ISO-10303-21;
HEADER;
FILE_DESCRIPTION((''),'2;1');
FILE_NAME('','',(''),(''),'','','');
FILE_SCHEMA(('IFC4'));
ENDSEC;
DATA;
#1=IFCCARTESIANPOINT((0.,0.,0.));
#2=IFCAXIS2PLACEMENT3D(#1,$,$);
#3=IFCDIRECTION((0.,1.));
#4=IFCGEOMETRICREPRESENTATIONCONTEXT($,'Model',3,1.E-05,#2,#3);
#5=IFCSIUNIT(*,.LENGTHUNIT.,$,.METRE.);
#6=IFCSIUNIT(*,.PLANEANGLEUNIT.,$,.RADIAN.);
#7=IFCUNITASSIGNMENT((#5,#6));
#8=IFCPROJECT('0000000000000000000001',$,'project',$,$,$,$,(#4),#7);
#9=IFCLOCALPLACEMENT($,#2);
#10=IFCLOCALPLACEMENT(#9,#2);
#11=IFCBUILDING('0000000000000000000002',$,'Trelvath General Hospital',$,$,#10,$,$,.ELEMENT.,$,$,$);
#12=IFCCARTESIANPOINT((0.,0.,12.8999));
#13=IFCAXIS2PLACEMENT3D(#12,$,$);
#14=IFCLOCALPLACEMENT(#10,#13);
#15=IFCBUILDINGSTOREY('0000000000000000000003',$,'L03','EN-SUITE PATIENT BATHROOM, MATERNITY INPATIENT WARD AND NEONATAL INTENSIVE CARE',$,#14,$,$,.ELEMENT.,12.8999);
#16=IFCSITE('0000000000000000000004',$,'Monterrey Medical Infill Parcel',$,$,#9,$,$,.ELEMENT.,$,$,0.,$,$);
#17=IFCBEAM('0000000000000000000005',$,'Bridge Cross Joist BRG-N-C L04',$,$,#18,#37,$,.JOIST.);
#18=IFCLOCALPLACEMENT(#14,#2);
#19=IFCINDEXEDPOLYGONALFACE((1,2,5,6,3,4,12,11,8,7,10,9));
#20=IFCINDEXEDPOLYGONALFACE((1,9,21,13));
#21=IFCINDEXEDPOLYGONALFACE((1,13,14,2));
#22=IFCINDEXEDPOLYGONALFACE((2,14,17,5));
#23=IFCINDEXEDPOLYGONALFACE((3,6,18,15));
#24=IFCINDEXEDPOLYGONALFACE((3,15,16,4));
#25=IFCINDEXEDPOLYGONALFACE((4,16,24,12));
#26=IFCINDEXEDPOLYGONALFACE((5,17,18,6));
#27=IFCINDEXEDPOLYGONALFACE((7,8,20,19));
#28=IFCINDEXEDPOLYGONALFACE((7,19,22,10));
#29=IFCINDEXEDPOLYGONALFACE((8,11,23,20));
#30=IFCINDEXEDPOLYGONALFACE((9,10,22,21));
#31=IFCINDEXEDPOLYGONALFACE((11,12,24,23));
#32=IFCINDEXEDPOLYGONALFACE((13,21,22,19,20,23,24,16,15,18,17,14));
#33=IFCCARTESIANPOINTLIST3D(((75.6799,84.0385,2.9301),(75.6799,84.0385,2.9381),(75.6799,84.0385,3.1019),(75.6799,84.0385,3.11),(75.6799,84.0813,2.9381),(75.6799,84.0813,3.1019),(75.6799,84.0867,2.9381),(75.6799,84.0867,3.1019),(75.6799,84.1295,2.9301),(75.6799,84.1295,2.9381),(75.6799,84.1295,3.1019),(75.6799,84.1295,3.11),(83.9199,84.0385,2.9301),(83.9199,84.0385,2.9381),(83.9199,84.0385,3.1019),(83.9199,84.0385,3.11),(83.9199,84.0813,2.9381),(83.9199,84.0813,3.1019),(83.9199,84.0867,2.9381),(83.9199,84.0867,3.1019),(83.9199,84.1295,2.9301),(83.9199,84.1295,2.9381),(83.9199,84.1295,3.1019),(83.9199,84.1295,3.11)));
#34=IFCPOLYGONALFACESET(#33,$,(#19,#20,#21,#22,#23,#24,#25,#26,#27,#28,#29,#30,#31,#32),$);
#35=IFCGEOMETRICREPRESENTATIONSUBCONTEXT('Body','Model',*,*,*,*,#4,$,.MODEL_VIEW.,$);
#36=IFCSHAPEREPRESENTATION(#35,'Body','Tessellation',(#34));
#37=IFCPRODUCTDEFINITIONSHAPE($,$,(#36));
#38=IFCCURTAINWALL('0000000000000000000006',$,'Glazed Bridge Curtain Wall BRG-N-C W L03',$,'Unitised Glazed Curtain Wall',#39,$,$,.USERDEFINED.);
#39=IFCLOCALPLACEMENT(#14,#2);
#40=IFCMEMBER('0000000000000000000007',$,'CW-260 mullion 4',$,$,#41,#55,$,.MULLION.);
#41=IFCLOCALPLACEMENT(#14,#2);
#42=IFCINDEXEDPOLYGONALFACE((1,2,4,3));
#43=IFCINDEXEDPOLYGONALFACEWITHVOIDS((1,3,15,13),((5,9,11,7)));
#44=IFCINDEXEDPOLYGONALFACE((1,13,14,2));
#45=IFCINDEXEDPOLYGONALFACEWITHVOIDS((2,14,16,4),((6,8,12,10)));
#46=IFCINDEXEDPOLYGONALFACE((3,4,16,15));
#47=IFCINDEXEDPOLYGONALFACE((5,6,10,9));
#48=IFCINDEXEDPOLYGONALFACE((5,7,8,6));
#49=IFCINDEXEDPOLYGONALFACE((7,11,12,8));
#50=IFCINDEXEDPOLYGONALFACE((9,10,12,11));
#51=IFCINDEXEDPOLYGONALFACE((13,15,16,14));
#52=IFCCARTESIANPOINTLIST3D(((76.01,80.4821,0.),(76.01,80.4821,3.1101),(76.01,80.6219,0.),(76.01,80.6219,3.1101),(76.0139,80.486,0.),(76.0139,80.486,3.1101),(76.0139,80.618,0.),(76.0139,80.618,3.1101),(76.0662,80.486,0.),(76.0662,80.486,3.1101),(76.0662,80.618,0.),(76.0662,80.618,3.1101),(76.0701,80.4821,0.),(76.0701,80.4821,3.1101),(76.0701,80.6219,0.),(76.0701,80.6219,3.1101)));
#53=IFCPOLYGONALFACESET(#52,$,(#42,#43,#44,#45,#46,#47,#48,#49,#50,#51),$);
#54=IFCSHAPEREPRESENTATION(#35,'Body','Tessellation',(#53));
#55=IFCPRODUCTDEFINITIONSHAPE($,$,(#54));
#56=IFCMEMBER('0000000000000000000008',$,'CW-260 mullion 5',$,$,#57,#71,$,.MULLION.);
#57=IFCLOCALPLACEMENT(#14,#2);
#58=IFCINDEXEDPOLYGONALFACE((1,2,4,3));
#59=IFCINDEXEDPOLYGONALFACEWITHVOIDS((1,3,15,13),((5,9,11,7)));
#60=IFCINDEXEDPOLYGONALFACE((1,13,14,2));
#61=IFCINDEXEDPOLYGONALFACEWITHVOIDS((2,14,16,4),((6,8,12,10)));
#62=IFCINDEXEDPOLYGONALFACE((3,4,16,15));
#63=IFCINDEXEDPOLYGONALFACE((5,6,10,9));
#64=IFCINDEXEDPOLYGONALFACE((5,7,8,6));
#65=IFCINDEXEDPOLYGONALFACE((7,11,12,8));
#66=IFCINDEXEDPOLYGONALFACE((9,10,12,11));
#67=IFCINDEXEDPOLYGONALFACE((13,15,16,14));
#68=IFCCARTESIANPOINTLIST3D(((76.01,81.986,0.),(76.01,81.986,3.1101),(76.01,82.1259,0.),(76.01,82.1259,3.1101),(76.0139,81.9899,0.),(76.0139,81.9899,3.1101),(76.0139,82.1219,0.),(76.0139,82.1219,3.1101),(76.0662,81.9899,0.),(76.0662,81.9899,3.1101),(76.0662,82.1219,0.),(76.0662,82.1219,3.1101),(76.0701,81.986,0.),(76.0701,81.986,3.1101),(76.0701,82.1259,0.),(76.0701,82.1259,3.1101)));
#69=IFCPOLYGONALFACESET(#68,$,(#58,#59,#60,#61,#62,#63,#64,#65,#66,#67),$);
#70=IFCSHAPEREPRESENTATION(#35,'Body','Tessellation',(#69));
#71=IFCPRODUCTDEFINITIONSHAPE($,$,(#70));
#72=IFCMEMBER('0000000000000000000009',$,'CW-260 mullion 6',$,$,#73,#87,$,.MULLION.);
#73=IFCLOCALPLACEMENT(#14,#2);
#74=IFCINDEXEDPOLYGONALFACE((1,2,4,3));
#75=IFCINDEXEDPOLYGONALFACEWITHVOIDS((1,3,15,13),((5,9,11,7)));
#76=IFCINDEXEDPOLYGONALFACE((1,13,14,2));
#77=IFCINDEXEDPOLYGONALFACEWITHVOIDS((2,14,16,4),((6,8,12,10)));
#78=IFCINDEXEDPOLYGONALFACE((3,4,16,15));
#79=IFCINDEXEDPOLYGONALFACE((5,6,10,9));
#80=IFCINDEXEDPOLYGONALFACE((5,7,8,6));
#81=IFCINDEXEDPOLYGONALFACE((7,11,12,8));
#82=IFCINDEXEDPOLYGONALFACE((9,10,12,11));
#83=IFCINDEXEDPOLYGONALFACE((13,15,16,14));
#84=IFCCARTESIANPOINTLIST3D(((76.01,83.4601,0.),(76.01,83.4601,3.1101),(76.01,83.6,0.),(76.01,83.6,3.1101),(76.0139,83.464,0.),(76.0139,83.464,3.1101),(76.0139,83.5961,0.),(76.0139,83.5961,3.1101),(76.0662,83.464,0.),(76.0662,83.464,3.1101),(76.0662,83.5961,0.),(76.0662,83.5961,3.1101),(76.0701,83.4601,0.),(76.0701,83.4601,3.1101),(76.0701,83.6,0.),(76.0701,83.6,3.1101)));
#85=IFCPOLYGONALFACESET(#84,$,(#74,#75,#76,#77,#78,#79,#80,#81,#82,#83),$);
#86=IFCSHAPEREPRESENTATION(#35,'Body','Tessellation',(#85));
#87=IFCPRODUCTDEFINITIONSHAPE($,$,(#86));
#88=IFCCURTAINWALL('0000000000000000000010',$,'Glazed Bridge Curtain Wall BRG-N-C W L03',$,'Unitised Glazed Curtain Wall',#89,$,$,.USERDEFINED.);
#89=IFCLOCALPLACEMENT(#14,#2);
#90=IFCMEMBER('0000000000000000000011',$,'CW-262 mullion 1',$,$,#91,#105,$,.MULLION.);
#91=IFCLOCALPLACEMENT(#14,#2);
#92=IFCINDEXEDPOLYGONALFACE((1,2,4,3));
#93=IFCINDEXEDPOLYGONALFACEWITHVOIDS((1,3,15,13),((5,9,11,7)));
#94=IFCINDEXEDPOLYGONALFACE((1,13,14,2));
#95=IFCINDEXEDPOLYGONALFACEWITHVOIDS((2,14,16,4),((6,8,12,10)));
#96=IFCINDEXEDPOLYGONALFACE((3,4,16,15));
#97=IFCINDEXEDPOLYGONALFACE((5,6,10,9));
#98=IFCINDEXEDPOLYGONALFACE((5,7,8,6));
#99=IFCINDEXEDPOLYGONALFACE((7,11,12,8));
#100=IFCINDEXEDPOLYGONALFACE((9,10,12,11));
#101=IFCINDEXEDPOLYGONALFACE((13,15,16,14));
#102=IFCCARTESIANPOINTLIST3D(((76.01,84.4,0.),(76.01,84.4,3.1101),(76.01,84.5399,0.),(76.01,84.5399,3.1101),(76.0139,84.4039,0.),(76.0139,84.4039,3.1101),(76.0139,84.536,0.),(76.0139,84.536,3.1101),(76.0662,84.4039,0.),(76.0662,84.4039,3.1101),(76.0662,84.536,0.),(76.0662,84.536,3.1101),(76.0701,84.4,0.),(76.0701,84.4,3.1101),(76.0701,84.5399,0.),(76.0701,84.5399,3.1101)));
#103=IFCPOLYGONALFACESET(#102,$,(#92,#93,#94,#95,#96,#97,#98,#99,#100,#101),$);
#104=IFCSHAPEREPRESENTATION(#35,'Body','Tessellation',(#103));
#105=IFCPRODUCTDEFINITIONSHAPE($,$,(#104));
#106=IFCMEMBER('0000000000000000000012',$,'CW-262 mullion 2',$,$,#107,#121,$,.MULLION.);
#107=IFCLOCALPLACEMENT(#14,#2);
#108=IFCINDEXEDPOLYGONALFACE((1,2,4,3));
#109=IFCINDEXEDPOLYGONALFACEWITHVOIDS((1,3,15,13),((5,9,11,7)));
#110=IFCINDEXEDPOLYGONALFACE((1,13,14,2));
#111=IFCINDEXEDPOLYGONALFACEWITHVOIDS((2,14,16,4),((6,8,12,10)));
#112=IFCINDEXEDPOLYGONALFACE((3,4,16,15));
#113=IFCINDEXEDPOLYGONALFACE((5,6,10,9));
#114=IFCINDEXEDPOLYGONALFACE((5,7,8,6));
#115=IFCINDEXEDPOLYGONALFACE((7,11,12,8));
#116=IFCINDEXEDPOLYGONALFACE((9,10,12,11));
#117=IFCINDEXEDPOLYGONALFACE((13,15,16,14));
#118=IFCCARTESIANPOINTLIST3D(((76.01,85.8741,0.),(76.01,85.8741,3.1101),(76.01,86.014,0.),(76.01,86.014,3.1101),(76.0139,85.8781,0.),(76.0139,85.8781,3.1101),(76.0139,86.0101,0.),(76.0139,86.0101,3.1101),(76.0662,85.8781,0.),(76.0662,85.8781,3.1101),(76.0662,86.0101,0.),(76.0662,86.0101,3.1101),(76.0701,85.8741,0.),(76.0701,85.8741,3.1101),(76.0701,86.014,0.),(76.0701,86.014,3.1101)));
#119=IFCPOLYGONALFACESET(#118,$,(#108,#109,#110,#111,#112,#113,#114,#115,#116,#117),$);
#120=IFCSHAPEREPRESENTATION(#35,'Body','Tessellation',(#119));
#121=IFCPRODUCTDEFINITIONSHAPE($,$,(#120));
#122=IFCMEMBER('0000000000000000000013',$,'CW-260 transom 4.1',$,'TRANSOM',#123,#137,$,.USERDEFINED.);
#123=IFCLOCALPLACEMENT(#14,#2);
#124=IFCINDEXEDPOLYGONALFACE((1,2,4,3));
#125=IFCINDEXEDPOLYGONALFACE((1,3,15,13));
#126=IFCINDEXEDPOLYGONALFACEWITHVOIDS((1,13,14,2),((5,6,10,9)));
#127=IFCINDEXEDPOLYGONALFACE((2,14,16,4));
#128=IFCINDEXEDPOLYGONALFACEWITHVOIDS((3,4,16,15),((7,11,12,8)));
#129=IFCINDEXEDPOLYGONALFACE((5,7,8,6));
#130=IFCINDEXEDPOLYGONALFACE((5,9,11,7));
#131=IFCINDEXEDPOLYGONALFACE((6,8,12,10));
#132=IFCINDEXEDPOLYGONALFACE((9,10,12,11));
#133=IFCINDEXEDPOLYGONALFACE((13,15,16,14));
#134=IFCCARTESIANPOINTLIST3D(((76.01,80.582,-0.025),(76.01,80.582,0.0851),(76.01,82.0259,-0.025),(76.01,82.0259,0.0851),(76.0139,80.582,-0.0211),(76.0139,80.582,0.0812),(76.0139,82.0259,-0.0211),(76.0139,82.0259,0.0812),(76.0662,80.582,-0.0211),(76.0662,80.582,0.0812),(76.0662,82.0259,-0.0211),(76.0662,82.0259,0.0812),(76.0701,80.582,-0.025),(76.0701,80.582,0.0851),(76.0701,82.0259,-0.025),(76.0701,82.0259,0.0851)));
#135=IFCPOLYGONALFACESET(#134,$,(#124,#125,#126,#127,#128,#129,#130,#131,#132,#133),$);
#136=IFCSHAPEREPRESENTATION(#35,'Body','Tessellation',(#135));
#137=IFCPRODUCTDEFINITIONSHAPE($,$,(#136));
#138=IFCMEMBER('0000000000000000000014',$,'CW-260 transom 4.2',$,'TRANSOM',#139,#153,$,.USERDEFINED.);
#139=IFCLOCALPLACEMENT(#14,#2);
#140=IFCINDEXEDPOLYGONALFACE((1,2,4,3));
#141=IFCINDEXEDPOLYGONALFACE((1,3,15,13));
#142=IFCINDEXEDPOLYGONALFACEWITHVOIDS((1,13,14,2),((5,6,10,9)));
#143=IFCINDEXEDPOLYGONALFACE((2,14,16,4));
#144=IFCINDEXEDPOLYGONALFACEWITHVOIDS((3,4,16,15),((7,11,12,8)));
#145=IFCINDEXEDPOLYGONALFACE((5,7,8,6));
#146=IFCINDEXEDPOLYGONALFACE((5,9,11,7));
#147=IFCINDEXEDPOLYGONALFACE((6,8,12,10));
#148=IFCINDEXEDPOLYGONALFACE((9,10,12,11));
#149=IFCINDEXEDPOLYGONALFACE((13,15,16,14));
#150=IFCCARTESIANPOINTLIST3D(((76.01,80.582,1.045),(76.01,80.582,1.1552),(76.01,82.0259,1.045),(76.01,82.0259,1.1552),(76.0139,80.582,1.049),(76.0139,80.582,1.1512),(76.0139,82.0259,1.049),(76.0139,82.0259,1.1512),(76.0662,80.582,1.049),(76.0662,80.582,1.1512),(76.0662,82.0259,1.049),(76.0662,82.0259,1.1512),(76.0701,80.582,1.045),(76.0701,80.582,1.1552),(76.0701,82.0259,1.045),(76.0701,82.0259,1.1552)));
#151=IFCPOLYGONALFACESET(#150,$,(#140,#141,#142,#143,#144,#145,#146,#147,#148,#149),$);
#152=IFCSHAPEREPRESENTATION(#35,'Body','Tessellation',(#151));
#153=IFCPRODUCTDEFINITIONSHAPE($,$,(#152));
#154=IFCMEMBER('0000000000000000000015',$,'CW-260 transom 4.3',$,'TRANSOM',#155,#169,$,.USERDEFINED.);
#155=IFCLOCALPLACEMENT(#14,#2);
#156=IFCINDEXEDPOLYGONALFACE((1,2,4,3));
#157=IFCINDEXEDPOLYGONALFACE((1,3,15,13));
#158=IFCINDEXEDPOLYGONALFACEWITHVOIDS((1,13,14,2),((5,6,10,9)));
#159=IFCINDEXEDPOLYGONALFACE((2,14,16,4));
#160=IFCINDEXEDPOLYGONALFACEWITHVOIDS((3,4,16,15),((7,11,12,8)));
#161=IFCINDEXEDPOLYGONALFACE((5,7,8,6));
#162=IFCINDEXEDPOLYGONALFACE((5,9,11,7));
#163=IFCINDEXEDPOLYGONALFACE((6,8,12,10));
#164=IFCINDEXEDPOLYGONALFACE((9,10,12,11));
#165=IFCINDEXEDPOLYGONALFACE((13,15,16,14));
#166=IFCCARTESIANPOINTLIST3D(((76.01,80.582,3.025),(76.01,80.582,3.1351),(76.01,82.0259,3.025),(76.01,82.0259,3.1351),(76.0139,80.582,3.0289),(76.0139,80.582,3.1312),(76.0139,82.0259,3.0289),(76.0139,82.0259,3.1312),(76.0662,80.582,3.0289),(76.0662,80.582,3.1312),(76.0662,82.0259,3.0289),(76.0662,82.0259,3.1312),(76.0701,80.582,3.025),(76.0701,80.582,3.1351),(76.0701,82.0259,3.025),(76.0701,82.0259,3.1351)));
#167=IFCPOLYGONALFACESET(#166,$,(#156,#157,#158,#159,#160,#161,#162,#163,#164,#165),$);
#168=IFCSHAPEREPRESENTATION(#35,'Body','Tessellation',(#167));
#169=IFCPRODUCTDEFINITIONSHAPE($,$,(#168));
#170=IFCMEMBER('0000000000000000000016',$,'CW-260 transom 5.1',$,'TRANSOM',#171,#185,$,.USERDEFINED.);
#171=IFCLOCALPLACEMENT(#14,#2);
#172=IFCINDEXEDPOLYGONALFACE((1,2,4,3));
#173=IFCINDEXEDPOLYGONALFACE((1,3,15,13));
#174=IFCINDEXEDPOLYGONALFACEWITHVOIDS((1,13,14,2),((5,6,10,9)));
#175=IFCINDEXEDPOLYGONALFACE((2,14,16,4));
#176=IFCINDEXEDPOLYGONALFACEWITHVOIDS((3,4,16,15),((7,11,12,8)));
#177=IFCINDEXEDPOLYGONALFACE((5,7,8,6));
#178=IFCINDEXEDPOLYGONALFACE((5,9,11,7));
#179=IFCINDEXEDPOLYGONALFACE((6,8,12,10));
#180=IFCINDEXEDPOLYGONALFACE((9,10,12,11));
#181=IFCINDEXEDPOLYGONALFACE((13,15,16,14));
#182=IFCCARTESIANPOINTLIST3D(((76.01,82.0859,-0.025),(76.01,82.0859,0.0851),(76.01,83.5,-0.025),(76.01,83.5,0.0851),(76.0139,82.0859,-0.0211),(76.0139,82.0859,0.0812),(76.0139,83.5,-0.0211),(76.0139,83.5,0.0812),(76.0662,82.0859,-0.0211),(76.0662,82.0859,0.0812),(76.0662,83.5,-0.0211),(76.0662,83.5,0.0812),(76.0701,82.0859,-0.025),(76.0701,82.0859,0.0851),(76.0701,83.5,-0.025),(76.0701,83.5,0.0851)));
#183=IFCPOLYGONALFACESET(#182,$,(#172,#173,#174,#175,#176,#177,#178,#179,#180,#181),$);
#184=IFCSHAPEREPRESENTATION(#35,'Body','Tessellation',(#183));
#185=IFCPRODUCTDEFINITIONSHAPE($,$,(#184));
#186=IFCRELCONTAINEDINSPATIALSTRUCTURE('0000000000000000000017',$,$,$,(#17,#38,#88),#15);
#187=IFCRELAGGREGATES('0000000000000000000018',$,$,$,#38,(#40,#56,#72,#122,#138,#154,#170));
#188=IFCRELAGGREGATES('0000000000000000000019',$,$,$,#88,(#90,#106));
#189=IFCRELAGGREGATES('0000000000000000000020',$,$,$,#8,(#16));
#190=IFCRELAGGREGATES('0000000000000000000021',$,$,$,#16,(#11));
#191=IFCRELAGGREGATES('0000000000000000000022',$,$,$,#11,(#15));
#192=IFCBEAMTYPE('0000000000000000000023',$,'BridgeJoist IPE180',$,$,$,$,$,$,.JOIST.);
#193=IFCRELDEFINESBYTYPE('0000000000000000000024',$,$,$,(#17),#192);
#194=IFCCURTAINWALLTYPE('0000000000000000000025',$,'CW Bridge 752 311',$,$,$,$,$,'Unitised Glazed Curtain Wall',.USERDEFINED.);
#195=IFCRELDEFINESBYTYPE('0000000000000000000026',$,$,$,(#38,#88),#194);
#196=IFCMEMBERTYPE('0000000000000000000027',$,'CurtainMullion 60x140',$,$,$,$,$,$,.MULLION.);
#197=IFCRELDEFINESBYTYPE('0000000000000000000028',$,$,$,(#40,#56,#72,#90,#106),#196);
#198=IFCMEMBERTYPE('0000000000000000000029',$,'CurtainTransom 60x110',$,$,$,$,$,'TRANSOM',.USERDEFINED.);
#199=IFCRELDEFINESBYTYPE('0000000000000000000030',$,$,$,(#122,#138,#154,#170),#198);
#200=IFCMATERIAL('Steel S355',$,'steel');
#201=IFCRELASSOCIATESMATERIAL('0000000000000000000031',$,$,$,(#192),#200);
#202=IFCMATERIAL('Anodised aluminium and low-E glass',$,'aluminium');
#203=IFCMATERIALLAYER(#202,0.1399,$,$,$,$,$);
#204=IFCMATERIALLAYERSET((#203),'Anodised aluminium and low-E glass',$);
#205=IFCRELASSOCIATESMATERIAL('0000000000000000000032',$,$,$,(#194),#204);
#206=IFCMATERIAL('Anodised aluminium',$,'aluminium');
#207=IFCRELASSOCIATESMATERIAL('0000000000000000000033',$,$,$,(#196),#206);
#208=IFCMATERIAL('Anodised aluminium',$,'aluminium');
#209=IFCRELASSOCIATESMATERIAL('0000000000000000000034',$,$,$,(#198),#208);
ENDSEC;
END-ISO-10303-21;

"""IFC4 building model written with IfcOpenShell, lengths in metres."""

from ifc_helpers import new_model, si_unit, direction, frame, origin, origin_2d, place, context, subcontext, project, spatial, hollow_rectangle, i_section, extrude, material, layer, layer_set, material_profile, profile_set, type_object, element, aggregate, save


model = new_model("IFC4")

# Units and contexts
model_context = context("Model", 3, precision=1e-05, world=origin(), true_north=direction((0.0, 1.0)))
body_context = subcontext(model_context, "Body", "Model", "MODEL_VIEW")
ifc_project = project(units=[si_unit("LENGTHUNIT", "METRE"), si_unit("PLANEANGLEUNIT", "RADIAN")], contexts=[model_context])

# Site, building, storey
site_placement = place(None, origin())
site = spatial("IfcSite", under=ifc_project, at=site_placement, Name="Monterrey Medical Infill Parcel", CompositionType="ELEMENT", RefElevation=0.0)
building_placement = place(site_placement, origin())
building = spatial("IfcBuilding", under=site, at=building_placement, Name="Trelvath General Hospital", CompositionType="ELEMENT")
storey_placement = place(building_placement, frame((0.0, 0.0, 12.8999)))
storey = spatial("IfcBuildingStorey", under=building, at=storey_placement, Name="L03", Description="EN-SUITE PATIENT BATHROOM, MATERNITY INPATIENT WARD AND NEONATAL INTENSIVE CARE", CompositionType="ELEMENT", Elevation=12.8999)

# Beam
ifc_material_1 = material(Name="Steel S355", Category="steel")
ifc_material_profile_1 = material_profile(ifc_material_1, i_section(OverallWidth=0.0911, OverallDepth=0.1799, WebThickness=0.0054, FlangeThickness=0.0081, at=origin_2d()), Name="IPE180")
ifc_profile_set_1 = profile_set([ifc_material_profile_1], Name="Steel S355")
beam_type = type_object("IfcBeamType", Name="BridgeJoist IPE180", PredefinedType="JOIST", material=ifc_profile_set_1)
beam_placement = place(storey_placement, frame((75.6799, 84.084, 3.02), z_axis=(1.0, 0.0, 0.0), x_axis=(0.0, 1.0, 0.0)))
element("IfcBeam", 1, at=beam_placement, inside=storey, type_object=beam_type, Name="Bridge Cross Joist BRG-N-C L04", PredefinedType="JOIST", context=body_context, shape_type="SweptSolid", body=[
    extrude(i_section(OverallWidth=0.0911, OverallDepth=0.1799, WebThickness=0.0054, FlangeThickness=0.0081, at=origin_2d()), origin(), (0.0, 0.0, 1.0), 8.24),
])

# Curtain walls, members
ifc_material_2 = material(Name="Anodised aluminium and low-E glass", Category="aluminium")
ifc_layer_1 = layer(ifc_material_2, 0.1399)
ifc_layer_set_1 = layer_set([ifc_layer_1], Name="Anodised aluminium and low-E glass")
curtain_wall_type = type_object("IfcCurtainWallType", Name="CW Bridge 752 311", ElementType="Unitised Glazed Curtain Wall", PredefinedType="USERDEFINED", material=ifc_layer_set_1)
curtain_wall_1_placement = place(storey_placement, origin())
curtain_wall_1 = element("IfcCurtainWall", 2, at=curtain_wall_1_placement, inside=storey, type_object=curtain_wall_type, Name="Glazed Bridge Curtain Wall BRG-N-C W L03", ObjectType="Unitised Glazed Curtain Wall", PredefinedType="USERDEFINED")
ifc_material_3 = material(Name="Anodised aluminium", Category="aluminium")
ifc_material_profile_2 = material_profile(ifc_material_3, hollow_rectangle(XDim=0.0601, YDim=0.1399, WallThickness=0.0039, at=origin_2d()), Name="RHS60x140x4")
ifc_profile_set_2 = profile_set([ifc_material_profile_2], Name="Anodised aluminium")
member_type_1 = type_object("IfcMemberType", Name="CurtainMullion 60x140", PredefinedType="MULLION", material=ifc_profile_set_2)
member_1_placement = place(storey_placement, frame((76.04, 80.552, 0.0), z_axis=(0.0, 0.0, 1.0), x_axis=(-1.0, 0.0, 0.0)))
member_1 = element("IfcMember", 3, at=member_1_placement, type_object=member_type_1, Name="CW-260 mullion 4", PredefinedType="MULLION", context=body_context, shape_type="SweptSolid", body=[
    extrude(hollow_rectangle(XDim=0.0601, YDim=0.1399, WallThickness=0.0039, at=origin_2d()), origin(), (0.0, 0.0, 1.0), 3.1101),
])
member_2_placement = place(storey_placement, frame((76.04, 82.0559, 0.0), z_axis=(0.0, 0.0, 1.0), x_axis=(-1.0, 0.0, 0.0)))
member_2 = element("IfcMember", 4, at=member_2_placement, type_object=member_type_1, Name="CW-260 mullion 5", PredefinedType="MULLION", context=body_context, shape_type="SweptSolid", body=[
    extrude(hollow_rectangle(XDim=0.0601, YDim=0.1399, WallThickness=0.0039, at=origin_2d()), origin(), (0.0, 0.0, 1.0), 3.1101),
])
member_3_placement = place(storey_placement, frame((76.04, 83.53, 0.0), z_axis=(0.0, 0.0, 1.0), x_axis=(-1.0, 0.0, 0.0)))
member_3 = element("IfcMember", 5, at=member_3_placement, type_object=member_type_1, Name="CW-260 mullion 6", PredefinedType="MULLION", context=body_context, shape_type="SweptSolid", body=[
    extrude(hollow_rectangle(XDim=0.0601, YDim=0.1399, WallThickness=0.0039, at=origin_2d()), origin(), (0.0, 0.0, 1.0), 3.1101),
])
curtain_wall_2_placement = place(storey_placement, origin())
curtain_wall_2 = element("IfcCurtainWall", 6, at=curtain_wall_2_placement, inside=storey, type_object=curtain_wall_type, Name="Glazed Bridge Curtain Wall BRG-N-C W L03", ObjectType="Unitised Glazed Curtain Wall", PredefinedType="USERDEFINED")
member_4_placement = place(storey_placement, frame((76.04, 84.47, 0.0), z_axis=(0.0, 0.0, 1.0), x_axis=(-1.0, 0.0, 0.0)))
member_4 = element("IfcMember", 7, at=member_4_placement, type_object=member_type_1, Name="CW-262 mullion 1", PredefinedType="MULLION", context=body_context, shape_type="SweptSolid", body=[
    extrude(hollow_rectangle(XDim=0.0601, YDim=0.1399, WallThickness=0.0039, at=origin_2d()), origin(), (0.0, 0.0, 1.0), 3.1101),
])
member_5_placement = place(storey_placement, frame((76.04, 85.9441, 0.0), z_axis=(0.0, 0.0, 1.0), x_axis=(-1.0, 0.0, 0.0)))
member_5 = element("IfcMember", 8, at=member_5_placement, type_object=member_type_1, Name="CW-262 mullion 2", PredefinedType="MULLION", context=body_context, shape_type="SweptSolid", body=[
    extrude(hollow_rectangle(XDim=0.0601, YDim=0.1399, WallThickness=0.0039, at=origin_2d()), origin(), (0.0, 0.0, 1.0), 3.1101),
])

# Members
ifc_material_4 = material(Name="Anodised aluminium", Category="aluminium")
ifc_material_profile_3 = material_profile(ifc_material_4, hollow_rectangle(XDim=0.0601, YDim=0.1101, WallThickness=0.0039, at=origin_2d()), Name="RHS60x110x4")
ifc_profile_set_3 = profile_set([ifc_material_profile_3], Name="Anodised aluminium")
member_type_2 = type_object("IfcMemberType", Name="CurtainTransom 60x110", ElementType="TRANSOM", PredefinedType="USERDEFINED", material=ifc_profile_set_3)
member_6_placement = place(storey_placement, frame((76.04, 80.582, 0.03), z_axis=(0.0, 1.0, 0.0), x_axis=(-1.0, 0.0, 0.0)))
member_6 = element("IfcMember", 9, at=member_6_placement, type_object=member_type_2, Name="CW-260 transom 4.1", ObjectType="TRANSOM", PredefinedType="USERDEFINED", context=body_context, shape_type="SweptSolid", body=[
    extrude(hollow_rectangle(XDim=0.0601, YDim=0.1101, WallThickness=0.0039, at=origin_2d()), origin(), (0.0, 0.0, 1.0), 1.4438),
])
member_7_placement = place(storey_placement, frame((76.04, 80.582, 1.1001), z_axis=(0.0, 1.0, 0.0), x_axis=(-1.0, 0.0, 0.0)))
member_7 = element("IfcMember", 10, at=member_7_placement, type_object=member_type_2, Name="CW-260 transom 4.2", ObjectType="TRANSOM", PredefinedType="USERDEFINED", context=body_context, shape_type="SweptSolid", body=[
    extrude(hollow_rectangle(XDim=0.0601, YDim=0.1101, WallThickness=0.0039, at=origin_2d()), origin(), (0.0, 0.0, 1.0), 1.4438),
])
member_8_placement = place(storey_placement, frame((76.04, 80.582, 3.0801), z_axis=(0.0, 1.0, 0.0), x_axis=(-1.0, 0.0, 0.0)))
member_8 = element("IfcMember", 11, at=member_8_placement, type_object=member_type_2, Name="CW-260 transom 4.3", ObjectType="TRANSOM", PredefinedType="USERDEFINED", context=body_context, shape_type="SweptSolid", body=[
    extrude(hollow_rectangle(XDim=0.0601, YDim=0.1101, WallThickness=0.0039, at=origin_2d()), origin(), (0.0, 0.0, 1.0), 1.4438),
])
member_9_placement = place(storey_placement, frame((76.04, 82.0859, 0.03), z_axis=(0.0, 1.0, 0.0), x_axis=(-1.0, 0.0, 0.0)))
member_9 = element("IfcMember", 12, at=member_9_placement, type_object=member_type_2, Name="CW-260 transom 5.1", ObjectType="TRANSOM", PredefinedType="USERDEFINED", context=body_context, shape_type="SweptSolid", body=[
    extrude(hollow_rectangle(XDim=0.0601, YDim=0.1101, WallThickness=0.0039, at=origin_2d()), origin(), (0.0, 0.0, 1.0), 1.4141),
])

aggregate(curtain_wall_1, [member_1, member_2, member_3, member_6, member_7, member_8, member_9])
aggregate(curtain_wall_2, [member_4, member_5])

save(model, "model.ifc")
